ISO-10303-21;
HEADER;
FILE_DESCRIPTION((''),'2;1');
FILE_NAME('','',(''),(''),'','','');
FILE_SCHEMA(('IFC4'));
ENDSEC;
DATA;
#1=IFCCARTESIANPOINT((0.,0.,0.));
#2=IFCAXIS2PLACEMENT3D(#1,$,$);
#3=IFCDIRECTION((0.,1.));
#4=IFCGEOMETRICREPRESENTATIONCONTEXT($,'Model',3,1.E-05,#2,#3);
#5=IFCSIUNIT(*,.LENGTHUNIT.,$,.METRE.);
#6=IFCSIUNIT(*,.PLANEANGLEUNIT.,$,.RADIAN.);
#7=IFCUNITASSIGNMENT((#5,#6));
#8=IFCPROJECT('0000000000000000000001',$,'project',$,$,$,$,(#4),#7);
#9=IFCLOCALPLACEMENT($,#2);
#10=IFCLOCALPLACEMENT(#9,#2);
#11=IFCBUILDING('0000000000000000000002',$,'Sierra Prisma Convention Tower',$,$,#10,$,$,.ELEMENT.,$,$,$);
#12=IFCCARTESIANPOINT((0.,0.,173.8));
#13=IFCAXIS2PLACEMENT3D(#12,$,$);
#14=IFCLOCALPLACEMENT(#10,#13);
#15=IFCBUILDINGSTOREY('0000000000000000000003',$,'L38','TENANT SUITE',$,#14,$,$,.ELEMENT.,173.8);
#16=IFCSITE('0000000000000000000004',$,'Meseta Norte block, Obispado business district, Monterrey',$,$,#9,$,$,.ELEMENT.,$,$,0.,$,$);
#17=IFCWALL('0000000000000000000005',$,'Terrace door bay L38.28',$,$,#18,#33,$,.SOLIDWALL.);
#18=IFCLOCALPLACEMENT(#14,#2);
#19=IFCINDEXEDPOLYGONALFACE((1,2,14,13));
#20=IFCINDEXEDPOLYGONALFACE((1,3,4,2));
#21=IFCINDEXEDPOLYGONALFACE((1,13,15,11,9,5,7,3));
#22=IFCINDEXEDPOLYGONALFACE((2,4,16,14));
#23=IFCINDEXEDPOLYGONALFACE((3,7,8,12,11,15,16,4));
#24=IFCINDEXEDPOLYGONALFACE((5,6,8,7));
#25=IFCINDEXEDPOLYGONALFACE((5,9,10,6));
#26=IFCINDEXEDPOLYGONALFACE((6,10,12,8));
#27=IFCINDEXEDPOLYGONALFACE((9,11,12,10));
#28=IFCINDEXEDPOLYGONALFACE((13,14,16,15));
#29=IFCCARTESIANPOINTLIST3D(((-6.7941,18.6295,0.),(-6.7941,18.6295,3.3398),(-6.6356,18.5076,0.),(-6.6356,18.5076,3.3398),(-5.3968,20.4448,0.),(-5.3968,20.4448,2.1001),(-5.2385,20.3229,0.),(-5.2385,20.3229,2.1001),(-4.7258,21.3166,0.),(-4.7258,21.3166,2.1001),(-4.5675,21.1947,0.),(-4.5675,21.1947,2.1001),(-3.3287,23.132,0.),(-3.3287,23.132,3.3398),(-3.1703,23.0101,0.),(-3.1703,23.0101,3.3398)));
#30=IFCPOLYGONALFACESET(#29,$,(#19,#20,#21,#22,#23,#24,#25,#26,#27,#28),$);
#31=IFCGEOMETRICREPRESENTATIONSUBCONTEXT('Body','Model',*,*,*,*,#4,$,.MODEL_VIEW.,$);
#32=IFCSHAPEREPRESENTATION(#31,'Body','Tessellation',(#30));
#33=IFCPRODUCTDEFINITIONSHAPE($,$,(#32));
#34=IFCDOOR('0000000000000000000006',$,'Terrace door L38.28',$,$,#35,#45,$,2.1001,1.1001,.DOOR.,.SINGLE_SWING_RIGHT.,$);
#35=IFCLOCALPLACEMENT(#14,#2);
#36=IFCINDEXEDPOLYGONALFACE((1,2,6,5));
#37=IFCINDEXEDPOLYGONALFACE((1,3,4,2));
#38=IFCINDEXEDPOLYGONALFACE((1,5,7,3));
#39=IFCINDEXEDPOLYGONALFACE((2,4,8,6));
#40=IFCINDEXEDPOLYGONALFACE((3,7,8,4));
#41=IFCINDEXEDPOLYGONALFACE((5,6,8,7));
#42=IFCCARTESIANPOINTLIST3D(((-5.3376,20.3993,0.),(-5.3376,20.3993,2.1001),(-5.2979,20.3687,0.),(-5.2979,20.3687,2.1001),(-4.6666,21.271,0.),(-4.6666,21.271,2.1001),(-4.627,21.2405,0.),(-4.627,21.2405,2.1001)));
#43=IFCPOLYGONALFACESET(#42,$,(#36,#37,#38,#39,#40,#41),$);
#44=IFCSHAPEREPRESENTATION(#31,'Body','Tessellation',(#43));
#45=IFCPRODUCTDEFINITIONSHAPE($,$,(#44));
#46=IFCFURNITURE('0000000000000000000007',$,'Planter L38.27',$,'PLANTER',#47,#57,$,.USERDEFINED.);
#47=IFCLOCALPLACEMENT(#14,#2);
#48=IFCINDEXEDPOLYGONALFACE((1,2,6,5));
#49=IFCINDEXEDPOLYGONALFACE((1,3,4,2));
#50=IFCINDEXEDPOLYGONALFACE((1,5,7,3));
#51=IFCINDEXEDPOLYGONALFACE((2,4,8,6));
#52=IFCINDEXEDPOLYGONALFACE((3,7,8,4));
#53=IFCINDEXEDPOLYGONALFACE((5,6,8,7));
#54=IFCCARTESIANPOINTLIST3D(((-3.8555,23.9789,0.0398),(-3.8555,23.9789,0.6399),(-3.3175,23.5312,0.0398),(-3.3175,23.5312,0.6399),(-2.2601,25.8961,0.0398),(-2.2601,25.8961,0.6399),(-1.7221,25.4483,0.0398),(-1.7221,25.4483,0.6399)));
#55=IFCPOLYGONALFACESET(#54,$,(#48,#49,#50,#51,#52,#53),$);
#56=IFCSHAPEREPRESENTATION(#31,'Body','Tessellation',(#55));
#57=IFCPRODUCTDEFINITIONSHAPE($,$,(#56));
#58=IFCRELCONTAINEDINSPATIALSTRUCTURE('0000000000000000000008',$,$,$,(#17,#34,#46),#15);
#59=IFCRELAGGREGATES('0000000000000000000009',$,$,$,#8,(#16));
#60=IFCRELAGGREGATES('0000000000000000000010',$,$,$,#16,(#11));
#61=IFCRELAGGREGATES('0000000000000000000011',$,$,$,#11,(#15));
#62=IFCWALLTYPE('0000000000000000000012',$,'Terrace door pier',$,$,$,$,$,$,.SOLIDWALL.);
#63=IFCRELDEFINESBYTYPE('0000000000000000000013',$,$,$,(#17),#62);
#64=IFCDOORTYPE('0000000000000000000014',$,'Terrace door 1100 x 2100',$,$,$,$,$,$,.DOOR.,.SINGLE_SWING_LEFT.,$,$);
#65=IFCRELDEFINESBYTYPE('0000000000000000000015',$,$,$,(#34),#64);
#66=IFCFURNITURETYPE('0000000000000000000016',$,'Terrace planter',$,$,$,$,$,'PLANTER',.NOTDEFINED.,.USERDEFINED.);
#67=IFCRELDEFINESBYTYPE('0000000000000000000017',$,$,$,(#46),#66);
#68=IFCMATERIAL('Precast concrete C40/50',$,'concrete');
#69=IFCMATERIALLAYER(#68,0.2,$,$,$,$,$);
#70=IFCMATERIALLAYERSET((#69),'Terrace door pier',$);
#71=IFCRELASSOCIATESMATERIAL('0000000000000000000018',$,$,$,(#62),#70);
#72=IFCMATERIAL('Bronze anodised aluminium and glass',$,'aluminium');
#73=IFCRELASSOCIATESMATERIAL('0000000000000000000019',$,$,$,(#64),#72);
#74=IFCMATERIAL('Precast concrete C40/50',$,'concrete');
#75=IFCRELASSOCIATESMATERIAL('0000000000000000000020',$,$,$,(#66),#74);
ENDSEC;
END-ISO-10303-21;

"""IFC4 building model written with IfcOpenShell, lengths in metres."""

from ifc_helpers import new_model, si_unit, direction, frame, frame_2d, origin, origin_2d, place, context, subcontext, project, spatial, rectangle, extrude, material, layer, layer_set, type_object, element, fill, save


model = new_model("IFC4")

# Units and contexts
model_context = context("Model", 3, precision=1e-05, world=origin(), true_north=direction((0.0, 1.0)))
body_context = subcontext(model_context, "Body", "Model", "MODEL_VIEW")
ifc_project = project(units=[si_unit("LENGTHUNIT", "METRE"), si_unit("PLANEANGLEUNIT", "RADIAN")], contexts=[model_context])

# Site, building, storey
site_placement = place(None, origin())
site = spatial("IfcSite", under=ifc_project, at=site_placement, Name="Meseta Norte block, Obispado business district, Monterrey", CompositionType="ELEMENT", RefElevation=0.0)
building_placement = place(site_placement, origin())
building = spatial("IfcBuilding", under=site, at=building_placement, Name="Sierra Prisma Convention Tower", CompositionType="ELEMENT")
storey_placement = place(building_placement, frame((0.0, 0.0, 173.8)))
storey = spatial("IfcBuildingStorey", under=building, at=storey_placement, Name="L38", Description="TENANT SUITE", CompositionType="ELEMENT", Elevation=173.8)

# Wall, opening, door
ifc_material_1 = material(Name="Precast concrete C40/50", Category="concrete")
ifc_layer_1 = layer(ifc_material_1, 0.2)
ifc_layer_set_1 = layer_set([ifc_layer_1], Name="Terrace door pier")
wall_type = type_object("IfcWallType", Name="Terrace door pier", PredefinedType="SOLIDWALL", material=ifc_layer_set_1)
wall_placement = place(storey_placement, frame((-3.2495, 23.071, 0.0), z_axis=(0.0, 0.0, 1.0), x_axis=(-0.609923, -0.792461, 0.0)))
wall = element("IfcWall", 1, at=wall_placement, inside=storey, type_object=wall_type, Name="Terrace door bay L38.28", PredefinedType="SOLIDWALL", context=body_context, shape_type="SweptSolid", body=[
    extrude(rectangle(XDim=5.6816, YDim=0.2, at=frame_2d((2.8408, 0.0))), origin(), (0.0, 0.0, 1.0), 3.3398),
])
opening_placement = place(wall_placement, frame((2.2908, 0.0, 0.0)))
opening = element("IfcOpeningElement", 2, at=opening_placement, cuts=wall, PredefinedType="OPENING", context=body_context, shape_type="SweptSolid", body=[
    extrude(rectangle(XDim=1.1001, YDim=2.1001, at=frame_2d((0.55, 1.05))), frame((0.0, 0.1001, 0.0), z_axis=(0.0, -1.0, 0.0), x_axis=(1.0, 0.0, 0.0)), (0.0, 0.0, 1.0), 0.2),
])
ifc_material_2 = material(Name="Bronze anodised aluminium and glass", Category="aluminium")
door_type = type_object("IfcDoorType", Name="Terrace door 1100 x 2100", OperationType="SINGLE_SWING_LEFT", PredefinedType="DOOR", material=ifc_material_2)
door_placement = place(opening_placement, origin())
door = element("IfcDoor", 3, at=door_placement, inside=storey, type_object=door_type, Name="Terrace door L38.28", OperationType="SINGLE_SWING_RIGHT", OverallHeight=2.1001, OverallWidth=1.1001, PredefinedType="DOOR", context=body_context, shape_type="SweptSolid", body=[
    extrude(rectangle(XDim=1.1001, YDim=2.1001, at=frame_2d((0.55, 1.05))), frame((0.0, 0.0249, 0.0), z_axis=(0.0, -1.0, 0.0), x_axis=(1.0, 0.0, 0.0)), (0.0, 0.0, 1.0), 0.05),
])
fill(opening, door)

# Furniture
ifc_material_3 = material(Name="Precast concrete C40/50", Category="concrete")
furniture_type = type_object("IfcFurnitureType", Name="Terrace planter", ElementType="PLANTER", AssemblyPlace="NOTDEFINED", PredefinedType="USERDEFINED", material=ifc_material_3)
furniture_placement = place(storey_placement, frame((-2.7888, 24.7136, 0.0398), z_axis=(0.0, 0.0, 1.0), x_axis=(-0.639651, -0.768666, 0.0)))
element("IfcFurniture", 4, at=furniture_placement, inside=storey, type_object=furniture_type, Name="Planter L38.27", ObjectType="PLANTER", PredefinedType="USERDEFINED", context=body_context, shape_type="SweptSolid", body=[
    extrude(rectangle(XDim=2.4941, YDim=0.7, at=origin_2d()), origin(), (0.0, 0.0, 1.0), 0.6001),
])

save(model, "model.ifc")
